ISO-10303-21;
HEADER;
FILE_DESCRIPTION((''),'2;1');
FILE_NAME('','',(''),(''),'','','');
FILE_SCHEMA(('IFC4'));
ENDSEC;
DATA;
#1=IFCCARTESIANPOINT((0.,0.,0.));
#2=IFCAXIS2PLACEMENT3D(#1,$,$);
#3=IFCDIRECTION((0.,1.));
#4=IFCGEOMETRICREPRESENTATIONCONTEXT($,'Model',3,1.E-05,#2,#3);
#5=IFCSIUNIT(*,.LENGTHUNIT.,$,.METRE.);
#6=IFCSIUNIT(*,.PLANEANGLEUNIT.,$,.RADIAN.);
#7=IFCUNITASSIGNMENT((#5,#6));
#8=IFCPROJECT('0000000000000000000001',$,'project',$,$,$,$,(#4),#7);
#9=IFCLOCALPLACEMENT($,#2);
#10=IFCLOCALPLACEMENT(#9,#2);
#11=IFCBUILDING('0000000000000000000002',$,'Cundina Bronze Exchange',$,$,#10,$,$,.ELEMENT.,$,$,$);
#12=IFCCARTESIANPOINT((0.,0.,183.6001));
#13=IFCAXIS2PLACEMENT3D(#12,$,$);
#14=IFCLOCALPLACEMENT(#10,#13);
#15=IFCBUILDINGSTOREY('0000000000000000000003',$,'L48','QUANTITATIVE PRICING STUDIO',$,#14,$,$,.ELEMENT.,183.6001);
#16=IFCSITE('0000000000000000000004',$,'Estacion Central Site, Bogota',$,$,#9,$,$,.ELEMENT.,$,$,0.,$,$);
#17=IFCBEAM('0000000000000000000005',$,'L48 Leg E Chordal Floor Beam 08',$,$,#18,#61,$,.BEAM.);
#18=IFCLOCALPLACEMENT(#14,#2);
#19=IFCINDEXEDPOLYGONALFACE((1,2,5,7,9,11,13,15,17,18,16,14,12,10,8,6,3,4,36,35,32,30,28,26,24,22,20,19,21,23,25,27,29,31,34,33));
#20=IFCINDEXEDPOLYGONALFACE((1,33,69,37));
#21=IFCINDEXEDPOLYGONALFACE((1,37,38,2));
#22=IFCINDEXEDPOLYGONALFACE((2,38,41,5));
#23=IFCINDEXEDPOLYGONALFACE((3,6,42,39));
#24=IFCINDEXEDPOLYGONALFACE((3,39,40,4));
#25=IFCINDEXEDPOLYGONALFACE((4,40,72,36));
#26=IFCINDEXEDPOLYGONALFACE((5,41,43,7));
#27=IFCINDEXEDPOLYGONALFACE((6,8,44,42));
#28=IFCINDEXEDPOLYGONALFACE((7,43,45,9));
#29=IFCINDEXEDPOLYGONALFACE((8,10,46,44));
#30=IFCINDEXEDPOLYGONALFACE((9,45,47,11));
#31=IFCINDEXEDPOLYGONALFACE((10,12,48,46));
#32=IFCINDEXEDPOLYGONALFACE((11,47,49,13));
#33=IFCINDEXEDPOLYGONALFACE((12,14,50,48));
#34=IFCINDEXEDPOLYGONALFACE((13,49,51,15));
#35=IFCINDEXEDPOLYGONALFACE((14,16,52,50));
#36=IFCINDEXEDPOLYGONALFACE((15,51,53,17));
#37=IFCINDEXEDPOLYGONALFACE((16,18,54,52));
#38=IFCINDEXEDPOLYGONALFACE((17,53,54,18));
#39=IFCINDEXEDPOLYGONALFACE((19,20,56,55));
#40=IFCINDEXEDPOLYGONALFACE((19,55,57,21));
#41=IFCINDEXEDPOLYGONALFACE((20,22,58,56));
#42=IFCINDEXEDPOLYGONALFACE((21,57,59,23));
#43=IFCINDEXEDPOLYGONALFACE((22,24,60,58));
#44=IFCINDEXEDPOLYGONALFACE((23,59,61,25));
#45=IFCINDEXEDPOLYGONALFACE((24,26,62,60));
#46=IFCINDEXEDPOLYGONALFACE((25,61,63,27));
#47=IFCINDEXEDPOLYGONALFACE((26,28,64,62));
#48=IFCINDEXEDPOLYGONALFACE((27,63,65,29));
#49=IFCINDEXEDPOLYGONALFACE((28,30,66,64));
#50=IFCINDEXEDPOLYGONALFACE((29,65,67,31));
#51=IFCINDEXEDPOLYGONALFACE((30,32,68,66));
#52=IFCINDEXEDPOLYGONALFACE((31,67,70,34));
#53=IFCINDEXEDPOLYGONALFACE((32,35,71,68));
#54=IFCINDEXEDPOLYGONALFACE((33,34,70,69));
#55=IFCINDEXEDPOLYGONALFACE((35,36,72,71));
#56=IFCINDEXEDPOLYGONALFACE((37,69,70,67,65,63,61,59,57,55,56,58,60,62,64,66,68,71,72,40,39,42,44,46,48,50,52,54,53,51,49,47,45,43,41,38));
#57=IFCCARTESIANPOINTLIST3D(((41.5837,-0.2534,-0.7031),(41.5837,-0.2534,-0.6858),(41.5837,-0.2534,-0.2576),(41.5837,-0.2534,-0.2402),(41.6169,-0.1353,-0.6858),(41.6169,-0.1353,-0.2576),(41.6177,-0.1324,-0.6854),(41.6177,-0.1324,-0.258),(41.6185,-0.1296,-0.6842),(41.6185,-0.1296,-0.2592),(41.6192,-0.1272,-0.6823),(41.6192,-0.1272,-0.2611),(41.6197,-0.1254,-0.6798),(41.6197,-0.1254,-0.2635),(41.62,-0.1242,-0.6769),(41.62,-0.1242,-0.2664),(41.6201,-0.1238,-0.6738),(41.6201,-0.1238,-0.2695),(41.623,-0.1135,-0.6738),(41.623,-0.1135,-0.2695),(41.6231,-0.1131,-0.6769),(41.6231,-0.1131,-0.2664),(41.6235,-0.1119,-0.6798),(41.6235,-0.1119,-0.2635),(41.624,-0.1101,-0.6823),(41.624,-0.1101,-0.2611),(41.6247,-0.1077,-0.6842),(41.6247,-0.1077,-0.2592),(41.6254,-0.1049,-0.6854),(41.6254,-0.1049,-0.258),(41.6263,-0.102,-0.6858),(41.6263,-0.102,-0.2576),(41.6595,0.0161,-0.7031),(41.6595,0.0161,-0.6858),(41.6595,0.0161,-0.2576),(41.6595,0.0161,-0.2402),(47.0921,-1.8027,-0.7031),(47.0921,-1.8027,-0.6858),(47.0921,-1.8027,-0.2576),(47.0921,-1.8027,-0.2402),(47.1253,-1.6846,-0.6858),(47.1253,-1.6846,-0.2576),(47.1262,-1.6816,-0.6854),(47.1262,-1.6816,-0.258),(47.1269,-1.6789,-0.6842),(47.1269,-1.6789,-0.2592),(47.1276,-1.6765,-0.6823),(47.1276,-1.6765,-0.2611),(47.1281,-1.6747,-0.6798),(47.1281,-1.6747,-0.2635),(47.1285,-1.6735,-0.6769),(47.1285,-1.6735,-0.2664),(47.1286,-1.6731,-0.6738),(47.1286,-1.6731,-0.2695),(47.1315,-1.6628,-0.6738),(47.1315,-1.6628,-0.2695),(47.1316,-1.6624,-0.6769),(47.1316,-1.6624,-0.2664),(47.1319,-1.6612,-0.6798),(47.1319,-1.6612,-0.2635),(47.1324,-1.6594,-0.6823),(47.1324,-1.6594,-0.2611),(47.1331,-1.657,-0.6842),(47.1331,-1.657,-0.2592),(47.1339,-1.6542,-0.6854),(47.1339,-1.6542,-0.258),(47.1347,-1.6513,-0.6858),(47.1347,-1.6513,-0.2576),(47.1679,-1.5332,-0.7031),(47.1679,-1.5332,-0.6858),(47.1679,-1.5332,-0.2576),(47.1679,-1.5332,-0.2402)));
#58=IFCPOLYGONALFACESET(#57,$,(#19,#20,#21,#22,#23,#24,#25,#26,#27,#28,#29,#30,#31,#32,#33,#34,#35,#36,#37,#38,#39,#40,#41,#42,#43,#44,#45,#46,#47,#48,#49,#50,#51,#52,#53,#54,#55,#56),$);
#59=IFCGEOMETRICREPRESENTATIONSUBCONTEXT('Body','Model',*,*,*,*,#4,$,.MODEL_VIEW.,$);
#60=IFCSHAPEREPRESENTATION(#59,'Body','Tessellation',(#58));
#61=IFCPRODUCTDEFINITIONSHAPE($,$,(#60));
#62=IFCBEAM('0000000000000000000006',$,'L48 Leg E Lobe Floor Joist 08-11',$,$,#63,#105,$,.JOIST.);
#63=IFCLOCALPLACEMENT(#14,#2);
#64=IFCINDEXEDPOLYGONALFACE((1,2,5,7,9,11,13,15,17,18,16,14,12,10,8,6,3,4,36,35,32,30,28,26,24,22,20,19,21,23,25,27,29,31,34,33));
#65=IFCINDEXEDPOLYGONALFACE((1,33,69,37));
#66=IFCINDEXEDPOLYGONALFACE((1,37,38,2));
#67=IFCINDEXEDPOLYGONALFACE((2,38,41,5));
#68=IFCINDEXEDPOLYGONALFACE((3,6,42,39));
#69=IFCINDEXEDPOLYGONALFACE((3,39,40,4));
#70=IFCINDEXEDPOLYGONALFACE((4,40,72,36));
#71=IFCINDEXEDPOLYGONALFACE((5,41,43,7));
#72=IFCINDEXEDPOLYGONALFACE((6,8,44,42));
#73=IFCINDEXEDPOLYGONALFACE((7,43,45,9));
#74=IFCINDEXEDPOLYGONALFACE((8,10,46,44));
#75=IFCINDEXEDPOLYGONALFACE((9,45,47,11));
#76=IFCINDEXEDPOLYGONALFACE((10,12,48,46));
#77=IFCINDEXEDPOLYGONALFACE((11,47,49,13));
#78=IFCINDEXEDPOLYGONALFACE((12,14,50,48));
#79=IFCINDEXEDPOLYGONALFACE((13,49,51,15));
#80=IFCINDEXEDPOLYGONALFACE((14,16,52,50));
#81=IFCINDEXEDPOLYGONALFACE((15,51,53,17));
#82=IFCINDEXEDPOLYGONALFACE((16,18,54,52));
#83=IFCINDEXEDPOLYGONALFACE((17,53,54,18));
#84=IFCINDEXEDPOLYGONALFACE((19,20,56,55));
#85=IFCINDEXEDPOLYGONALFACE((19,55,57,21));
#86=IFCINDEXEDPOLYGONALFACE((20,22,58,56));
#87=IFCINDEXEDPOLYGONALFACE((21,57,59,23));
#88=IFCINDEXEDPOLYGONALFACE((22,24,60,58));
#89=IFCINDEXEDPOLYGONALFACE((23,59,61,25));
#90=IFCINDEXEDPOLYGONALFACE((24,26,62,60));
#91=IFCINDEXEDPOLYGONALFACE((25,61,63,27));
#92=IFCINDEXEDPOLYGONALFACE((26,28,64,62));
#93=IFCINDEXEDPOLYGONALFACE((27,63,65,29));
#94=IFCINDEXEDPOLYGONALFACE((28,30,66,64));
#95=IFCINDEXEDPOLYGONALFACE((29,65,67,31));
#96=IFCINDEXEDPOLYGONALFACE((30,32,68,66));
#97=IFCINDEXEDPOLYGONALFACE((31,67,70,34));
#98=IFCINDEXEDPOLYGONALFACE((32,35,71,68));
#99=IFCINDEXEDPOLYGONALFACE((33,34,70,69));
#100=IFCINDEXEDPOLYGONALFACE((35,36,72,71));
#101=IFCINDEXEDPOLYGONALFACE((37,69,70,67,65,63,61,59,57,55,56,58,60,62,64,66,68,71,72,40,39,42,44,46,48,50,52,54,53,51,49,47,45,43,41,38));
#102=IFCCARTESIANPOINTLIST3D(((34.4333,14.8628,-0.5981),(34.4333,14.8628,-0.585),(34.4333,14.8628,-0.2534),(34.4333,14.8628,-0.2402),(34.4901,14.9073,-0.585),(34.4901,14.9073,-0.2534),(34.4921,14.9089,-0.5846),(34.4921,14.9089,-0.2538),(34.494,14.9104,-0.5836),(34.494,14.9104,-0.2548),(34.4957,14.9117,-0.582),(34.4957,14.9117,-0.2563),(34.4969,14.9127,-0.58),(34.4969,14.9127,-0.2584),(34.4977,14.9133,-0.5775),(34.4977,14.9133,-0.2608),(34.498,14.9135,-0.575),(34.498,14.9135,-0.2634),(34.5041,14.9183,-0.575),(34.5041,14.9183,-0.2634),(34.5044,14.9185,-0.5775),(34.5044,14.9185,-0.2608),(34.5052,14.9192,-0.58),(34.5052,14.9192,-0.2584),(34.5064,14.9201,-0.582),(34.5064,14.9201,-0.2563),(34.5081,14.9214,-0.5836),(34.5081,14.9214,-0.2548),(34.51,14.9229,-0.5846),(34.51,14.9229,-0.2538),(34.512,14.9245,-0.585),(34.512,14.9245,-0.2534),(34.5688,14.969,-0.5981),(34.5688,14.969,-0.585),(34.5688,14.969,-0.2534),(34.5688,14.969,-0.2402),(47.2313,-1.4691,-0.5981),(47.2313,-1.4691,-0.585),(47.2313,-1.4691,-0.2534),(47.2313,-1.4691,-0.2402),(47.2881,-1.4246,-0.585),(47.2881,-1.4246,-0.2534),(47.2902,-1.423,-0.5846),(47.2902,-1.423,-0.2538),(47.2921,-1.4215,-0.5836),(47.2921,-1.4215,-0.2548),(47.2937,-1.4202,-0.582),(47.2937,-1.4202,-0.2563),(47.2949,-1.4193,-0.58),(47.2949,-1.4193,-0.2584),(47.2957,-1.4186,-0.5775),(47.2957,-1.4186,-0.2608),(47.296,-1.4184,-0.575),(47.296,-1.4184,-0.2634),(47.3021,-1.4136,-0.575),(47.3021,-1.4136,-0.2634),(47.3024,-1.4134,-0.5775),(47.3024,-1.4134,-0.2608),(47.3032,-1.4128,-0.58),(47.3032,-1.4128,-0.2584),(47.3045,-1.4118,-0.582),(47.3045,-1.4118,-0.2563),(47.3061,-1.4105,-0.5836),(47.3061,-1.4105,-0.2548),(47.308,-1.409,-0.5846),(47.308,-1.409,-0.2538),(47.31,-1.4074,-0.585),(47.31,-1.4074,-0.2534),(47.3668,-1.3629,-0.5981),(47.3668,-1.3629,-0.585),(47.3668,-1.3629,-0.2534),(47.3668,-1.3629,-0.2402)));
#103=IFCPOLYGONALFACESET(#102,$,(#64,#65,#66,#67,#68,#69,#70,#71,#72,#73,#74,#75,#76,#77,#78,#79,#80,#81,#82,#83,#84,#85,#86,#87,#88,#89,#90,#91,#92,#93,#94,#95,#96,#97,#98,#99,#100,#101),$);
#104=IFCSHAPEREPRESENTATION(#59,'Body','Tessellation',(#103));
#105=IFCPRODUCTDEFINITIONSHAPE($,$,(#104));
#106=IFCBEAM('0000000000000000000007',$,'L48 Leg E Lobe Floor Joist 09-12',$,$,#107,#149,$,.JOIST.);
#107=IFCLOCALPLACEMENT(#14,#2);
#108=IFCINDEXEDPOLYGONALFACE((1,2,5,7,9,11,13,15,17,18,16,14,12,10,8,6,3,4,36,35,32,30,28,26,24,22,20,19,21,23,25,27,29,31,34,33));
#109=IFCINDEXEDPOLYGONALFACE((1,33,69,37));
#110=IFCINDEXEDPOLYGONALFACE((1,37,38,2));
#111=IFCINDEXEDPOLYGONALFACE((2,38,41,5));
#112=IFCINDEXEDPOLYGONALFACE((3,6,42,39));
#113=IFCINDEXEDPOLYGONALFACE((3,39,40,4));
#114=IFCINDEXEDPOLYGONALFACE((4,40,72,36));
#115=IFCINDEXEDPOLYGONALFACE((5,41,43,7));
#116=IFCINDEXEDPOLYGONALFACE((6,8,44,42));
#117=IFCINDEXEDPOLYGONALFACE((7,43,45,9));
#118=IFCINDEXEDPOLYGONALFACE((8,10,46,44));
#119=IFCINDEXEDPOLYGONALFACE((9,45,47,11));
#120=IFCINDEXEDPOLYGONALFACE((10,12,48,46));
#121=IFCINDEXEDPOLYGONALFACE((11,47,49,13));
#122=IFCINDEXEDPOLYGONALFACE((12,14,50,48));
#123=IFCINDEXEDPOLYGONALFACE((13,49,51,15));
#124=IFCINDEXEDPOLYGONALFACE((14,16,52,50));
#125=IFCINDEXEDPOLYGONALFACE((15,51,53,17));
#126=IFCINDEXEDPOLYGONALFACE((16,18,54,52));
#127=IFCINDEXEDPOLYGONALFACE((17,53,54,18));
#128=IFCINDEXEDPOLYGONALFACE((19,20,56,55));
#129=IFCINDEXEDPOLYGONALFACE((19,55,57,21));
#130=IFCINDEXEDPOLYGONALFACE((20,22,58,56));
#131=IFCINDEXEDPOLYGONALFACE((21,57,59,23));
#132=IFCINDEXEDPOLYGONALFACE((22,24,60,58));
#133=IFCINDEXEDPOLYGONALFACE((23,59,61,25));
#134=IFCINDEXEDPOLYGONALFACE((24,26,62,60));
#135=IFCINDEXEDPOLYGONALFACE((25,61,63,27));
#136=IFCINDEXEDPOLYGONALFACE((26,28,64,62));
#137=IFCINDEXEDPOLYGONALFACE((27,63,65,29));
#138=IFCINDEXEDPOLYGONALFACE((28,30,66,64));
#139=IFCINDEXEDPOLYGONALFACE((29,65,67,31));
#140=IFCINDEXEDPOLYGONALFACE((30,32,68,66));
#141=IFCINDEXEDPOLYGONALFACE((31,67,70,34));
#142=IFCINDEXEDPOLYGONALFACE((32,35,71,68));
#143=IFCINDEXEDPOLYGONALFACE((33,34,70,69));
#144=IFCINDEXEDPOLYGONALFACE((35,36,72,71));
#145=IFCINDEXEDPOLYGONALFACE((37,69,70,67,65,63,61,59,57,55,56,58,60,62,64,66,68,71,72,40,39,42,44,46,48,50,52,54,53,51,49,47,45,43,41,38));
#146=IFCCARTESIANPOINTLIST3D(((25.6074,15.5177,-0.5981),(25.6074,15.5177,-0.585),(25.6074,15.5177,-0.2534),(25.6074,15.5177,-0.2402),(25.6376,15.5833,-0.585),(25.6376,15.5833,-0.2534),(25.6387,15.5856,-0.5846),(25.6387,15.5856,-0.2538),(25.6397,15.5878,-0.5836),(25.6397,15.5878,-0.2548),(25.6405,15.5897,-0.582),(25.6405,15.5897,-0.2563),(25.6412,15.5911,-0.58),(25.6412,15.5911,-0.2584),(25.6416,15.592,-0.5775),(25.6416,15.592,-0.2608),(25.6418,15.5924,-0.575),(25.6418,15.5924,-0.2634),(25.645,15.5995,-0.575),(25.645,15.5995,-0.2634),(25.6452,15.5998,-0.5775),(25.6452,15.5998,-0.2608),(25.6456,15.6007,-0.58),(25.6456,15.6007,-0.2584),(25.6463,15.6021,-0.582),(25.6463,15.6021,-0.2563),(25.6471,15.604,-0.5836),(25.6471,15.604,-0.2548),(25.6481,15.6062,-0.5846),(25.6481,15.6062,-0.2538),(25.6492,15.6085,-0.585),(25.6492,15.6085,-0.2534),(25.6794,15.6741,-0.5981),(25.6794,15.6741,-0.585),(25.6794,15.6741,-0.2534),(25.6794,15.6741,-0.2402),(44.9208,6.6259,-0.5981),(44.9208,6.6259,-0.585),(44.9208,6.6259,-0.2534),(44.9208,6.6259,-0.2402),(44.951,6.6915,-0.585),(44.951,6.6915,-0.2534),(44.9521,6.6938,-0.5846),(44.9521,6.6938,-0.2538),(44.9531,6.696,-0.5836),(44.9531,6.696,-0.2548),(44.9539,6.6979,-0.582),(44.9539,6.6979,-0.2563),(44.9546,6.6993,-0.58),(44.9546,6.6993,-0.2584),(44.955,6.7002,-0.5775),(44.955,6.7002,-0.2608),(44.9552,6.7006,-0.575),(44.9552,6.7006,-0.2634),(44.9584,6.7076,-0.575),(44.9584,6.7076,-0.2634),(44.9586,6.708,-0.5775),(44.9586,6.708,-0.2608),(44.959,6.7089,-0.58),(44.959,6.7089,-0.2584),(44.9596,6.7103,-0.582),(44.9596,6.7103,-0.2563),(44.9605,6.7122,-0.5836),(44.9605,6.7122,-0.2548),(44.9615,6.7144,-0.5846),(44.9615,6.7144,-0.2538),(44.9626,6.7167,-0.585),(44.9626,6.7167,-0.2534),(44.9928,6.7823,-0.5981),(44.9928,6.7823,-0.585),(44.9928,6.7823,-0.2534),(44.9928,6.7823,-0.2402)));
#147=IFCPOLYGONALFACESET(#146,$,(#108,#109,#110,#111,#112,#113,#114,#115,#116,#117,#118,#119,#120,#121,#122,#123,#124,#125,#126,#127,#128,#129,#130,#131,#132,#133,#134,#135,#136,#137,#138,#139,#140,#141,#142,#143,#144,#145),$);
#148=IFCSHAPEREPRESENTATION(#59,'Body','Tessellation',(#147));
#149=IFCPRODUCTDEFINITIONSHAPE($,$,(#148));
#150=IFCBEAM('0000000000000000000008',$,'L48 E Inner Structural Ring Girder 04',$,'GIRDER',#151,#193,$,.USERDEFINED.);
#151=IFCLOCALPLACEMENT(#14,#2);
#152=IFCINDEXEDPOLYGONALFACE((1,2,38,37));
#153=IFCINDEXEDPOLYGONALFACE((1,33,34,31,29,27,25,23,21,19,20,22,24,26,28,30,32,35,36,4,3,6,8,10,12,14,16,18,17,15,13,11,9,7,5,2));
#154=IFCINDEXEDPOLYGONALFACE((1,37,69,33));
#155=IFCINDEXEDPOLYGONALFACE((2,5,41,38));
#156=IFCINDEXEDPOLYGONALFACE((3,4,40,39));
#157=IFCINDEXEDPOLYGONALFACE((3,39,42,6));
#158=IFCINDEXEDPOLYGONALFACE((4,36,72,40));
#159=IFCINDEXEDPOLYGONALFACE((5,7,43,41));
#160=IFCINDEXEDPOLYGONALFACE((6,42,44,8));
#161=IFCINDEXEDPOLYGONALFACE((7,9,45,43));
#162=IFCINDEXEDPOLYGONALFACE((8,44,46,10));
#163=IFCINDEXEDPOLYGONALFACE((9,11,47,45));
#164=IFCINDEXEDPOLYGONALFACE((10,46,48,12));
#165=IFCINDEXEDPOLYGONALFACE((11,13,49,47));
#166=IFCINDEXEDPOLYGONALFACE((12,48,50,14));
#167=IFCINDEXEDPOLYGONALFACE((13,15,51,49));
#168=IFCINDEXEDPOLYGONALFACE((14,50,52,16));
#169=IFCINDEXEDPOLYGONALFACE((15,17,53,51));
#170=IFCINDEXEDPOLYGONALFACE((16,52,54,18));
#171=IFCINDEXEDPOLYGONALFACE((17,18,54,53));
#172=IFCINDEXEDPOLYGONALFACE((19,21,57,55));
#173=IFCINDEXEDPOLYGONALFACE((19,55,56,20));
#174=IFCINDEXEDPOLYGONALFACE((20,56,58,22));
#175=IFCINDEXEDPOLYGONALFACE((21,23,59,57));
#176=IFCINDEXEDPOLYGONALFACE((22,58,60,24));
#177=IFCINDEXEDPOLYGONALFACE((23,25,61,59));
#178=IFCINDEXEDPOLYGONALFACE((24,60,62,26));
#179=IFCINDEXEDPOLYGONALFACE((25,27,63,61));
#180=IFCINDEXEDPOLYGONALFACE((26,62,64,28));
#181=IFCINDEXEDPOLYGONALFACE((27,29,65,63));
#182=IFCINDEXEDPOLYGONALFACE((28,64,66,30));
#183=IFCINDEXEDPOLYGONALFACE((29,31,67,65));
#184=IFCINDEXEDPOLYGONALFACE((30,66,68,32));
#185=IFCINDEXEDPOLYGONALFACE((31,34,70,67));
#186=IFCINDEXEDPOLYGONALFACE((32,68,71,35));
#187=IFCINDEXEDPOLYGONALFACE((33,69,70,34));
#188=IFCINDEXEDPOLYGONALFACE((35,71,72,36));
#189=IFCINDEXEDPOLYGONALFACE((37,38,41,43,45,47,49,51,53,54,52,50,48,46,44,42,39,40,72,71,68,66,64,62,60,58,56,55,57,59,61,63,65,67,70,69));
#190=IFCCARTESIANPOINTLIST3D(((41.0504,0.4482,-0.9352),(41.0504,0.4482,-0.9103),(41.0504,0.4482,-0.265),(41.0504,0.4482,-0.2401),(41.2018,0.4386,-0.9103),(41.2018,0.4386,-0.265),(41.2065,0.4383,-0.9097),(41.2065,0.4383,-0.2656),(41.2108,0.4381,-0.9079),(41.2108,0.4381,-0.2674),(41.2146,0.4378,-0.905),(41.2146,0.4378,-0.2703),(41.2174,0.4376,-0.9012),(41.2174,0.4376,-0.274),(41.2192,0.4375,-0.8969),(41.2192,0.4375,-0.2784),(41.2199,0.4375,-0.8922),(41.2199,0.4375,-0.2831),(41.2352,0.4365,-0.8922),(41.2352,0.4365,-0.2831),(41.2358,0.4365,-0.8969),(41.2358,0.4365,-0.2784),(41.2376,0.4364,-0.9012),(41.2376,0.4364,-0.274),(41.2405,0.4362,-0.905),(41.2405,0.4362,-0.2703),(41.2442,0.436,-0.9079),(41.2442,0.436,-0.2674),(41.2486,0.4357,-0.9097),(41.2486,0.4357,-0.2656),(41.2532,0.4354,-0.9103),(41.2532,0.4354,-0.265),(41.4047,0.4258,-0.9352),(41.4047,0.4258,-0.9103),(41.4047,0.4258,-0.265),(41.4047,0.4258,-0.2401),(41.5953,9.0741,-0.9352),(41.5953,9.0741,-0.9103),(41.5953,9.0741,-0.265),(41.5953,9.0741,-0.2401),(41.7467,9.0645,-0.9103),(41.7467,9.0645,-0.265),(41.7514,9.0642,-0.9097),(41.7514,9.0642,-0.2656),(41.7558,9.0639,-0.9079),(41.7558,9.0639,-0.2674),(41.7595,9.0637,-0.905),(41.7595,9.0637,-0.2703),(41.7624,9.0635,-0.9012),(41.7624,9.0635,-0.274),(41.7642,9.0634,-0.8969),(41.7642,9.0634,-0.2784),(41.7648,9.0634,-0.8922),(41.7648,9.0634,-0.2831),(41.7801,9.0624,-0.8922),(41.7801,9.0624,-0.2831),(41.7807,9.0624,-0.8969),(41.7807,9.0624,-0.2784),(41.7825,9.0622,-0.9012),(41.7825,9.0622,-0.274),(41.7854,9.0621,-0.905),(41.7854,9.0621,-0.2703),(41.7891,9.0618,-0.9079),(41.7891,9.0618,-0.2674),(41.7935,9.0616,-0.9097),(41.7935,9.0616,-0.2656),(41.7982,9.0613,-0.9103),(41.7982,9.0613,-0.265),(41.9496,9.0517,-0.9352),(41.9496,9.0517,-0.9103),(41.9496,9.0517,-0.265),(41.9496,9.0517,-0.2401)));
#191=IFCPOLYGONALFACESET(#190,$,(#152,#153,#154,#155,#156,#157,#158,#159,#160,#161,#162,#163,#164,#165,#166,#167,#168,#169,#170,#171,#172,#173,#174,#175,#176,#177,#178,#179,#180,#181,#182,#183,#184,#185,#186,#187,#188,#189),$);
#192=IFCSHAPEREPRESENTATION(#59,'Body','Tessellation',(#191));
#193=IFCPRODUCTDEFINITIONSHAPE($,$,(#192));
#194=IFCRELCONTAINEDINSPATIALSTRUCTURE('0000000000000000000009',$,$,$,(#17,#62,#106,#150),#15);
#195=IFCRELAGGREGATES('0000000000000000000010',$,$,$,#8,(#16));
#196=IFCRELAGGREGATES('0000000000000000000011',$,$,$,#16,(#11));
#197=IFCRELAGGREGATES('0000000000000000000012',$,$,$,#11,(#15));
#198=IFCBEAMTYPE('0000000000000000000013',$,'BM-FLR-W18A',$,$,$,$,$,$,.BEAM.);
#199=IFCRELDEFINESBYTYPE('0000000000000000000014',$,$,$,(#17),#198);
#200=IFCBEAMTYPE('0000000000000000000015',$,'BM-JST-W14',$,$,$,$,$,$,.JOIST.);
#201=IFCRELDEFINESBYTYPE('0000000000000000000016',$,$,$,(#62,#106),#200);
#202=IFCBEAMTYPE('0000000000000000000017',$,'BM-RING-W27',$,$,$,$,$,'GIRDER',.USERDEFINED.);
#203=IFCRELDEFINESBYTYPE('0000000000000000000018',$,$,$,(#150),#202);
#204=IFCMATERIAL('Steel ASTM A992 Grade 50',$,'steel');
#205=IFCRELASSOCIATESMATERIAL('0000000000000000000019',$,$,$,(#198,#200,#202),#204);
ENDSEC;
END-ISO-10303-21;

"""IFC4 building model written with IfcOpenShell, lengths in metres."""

from ifc_helpers import new_model, si_unit, direction, frame, origin, origin_2d, place, context, subcontext, project, spatial, i_section, extrude, material, material_profile, profile_set, type_object, element, save


model = new_model("IFC4")

# Units and contexts
model_context = context("Model", 3, precision=1e-05, world=origin(), true_north=direction((0.0, 1.0)))
body_context = subcontext(model_context, "Body", "Model", "MODEL_VIEW")
ifc_project = project(units=[si_unit("LENGTHUNIT", "METRE"), si_unit("PLANEANGLEUNIT", "RADIAN")], contexts=[model_context])

# Site, building, storey
site_placement = place(None, origin())
site = spatial("IfcSite", under=ifc_project, at=site_placement, Name="Estacion Central Site, Bogota", CompositionType="ELEMENT", RefElevation=0.0)
building_placement = place(site_placement, origin())
building = spatial("IfcBuilding", under=site, at=building_placement, Name="Cundina Bronze Exchange", CompositionType="ELEMENT")
storey_placement = place(building_placement, frame((0.0, 0.0, 183.6001)))
storey = spatial("IfcBuildingStorey", under=building, at=storey_placement, Name="L48", Description="QUANTITATIVE PRICING STUDIO", CompositionType="ELEMENT", Elevation=183.6001)

# Shared definitions
ifc_material_1 = material(Name="Steel ASTM A992 Grade 50", Category="steel")

# Beams
ifc_material_profile_1 = material_profile(ifc_material_1, i_section(OverallWidth=0.28, OverallDepth=0.4629, WebThickness=0.0107, FlangeThickness=0.0173, FilletRadius=0.012, at=origin_2d()), Name="W18X76", Category="steel")
ifc_profile_set_1 = profile_set([ifc_material_profile_1], Name="Steel ASTM A992 Grade 50")
beam_type_1 = type_object("IfcBeamType", Name="BM-FLR-W18A", PredefinedType="BEAM", material=ifc_profile_set_1)
beam_1_placement = place(storey_placement, frame((41.6216, -0.1187, -0.4717), z_axis=(0.962649, -0.270752, 0.0), x_axis=(0.270752, 0.962649, 0.0)))
element("IfcBeam", 1, at=beam_1_placement, inside=storey, type_object=beam_type_1, Name="L48 Leg E Chordal Floor Beam 08", PredefinedType="BEAM", context=body_context, shape_type="SweptSolid", body=[
    extrude(i_section(OverallWidth=0.28, OverallDepth=0.4629, WebThickness=0.0107, FlangeThickness=0.0173, FilletRadius=0.012, at=origin_2d()), origin(), (0.0, 0.0, 1.0), 5.7222),
])
ifc_material_profile_2 = material_profile(ifc_material_1, i_section(OverallWidth=0.1721, OverallDepth=0.3579, WebThickness=0.0078, FlangeThickness=0.0132, FilletRadius=0.01, at=origin_2d()), Name="W14X38", Category="steel")
ifc_profile_set_2 = profile_set([ifc_material_profile_2], Name="Steel ASTM A992 Grade 50")
beam_type_2 = type_object("IfcBeamType", Name="BM-JST-W14", PredefinedType="JOIST", material=ifc_profile_set_2)
beam_2_placement = place(storey_placement, frame((47.2991, -1.416, -0.4192), z_axis=(-0.616801, 0.787119, 0.0), x_axis=(-0.787119, -0.616801, 0.0)))
element("IfcBeam", 2, at=beam_2_placement, inside=storey, type_object=beam_type_2, Name="L48 Leg E Lobe Floor Joist 08-11", PredefinedType="JOIST", context=body_context, shape_type="SweptSolid", body=[
    extrude(i_section(OverallWidth=0.1721, OverallDepth=0.3579, WebThickness=0.0078, FlangeThickness=0.0132, FilletRadius=0.01, at=origin_2d()), origin(), (0.0, 0.0, 1.0), 20.749),
])
beam_3_placement = place(storey_placement, frame((44.9568, 6.7041, -0.4192), z_axis=(-0.908354, 0.418202, 0.0), x_axis=(-0.418202, -0.908354, 0.0)))
element("IfcBeam", 3, at=beam_3_placement, inside=storey, type_object=beam_type_2, Name="L48 Leg E Lobe Floor Joist 09-12", PredefinedType="JOIST", context=body_context, shape_type="SweptSolid", body=[
    extrude(i_section(OverallWidth=0.1721, OverallDepth=0.3579, WebThickness=0.0078, FlangeThickness=0.0132, FilletRadius=0.01, at=origin_2d()), origin(), (0.0, 0.0, 1.0), 21.262),
])
ifc_material_profile_3 = material_profile(ifc_material_1, i_section(OverallWidth=0.355, OverallDepth=0.6951, WebThickness=0.0154, FlangeThickness=0.0249, FilletRadius=0.0181, at=origin_2d()), Name="W27X146", Category="steel")
ifc_profile_set_3 = profile_set([ifc_material_profile_3], Name="Steel ASTM A992 Grade 50")
beam_type_3 = type_object("IfcBeamType", Name="BM-RING-W27", ElementType="GIRDER", PredefinedType="USERDEFINED", material=ifc_profile_set_3)
beam_4_placement = place(storey_placement, frame((41.2275, 0.437, -0.5876), z_axis=(0.063047, 0.998011, 0.0), x_axis=(-0.998011, 0.063047, 0.0)))
element("IfcBeam", 4, at=beam_4_placement, inside=storey, type_object=beam_type_3, Name="L48 E Inner Structural Ring Girder 04", ObjectType="GIRDER", PredefinedType="USERDEFINED", context=body_context, shape_type="SweptSolid", body=[
    extrude(i_section(OverallWidth=0.355, OverallDepth=0.6951, WebThickness=0.0154, FlangeThickness=0.0249, FilletRadius=0.0181, at=origin_2d()), origin(), (0.0, 0.0, 1.0), 8.6431),
])

save(model, "model.ifc")
